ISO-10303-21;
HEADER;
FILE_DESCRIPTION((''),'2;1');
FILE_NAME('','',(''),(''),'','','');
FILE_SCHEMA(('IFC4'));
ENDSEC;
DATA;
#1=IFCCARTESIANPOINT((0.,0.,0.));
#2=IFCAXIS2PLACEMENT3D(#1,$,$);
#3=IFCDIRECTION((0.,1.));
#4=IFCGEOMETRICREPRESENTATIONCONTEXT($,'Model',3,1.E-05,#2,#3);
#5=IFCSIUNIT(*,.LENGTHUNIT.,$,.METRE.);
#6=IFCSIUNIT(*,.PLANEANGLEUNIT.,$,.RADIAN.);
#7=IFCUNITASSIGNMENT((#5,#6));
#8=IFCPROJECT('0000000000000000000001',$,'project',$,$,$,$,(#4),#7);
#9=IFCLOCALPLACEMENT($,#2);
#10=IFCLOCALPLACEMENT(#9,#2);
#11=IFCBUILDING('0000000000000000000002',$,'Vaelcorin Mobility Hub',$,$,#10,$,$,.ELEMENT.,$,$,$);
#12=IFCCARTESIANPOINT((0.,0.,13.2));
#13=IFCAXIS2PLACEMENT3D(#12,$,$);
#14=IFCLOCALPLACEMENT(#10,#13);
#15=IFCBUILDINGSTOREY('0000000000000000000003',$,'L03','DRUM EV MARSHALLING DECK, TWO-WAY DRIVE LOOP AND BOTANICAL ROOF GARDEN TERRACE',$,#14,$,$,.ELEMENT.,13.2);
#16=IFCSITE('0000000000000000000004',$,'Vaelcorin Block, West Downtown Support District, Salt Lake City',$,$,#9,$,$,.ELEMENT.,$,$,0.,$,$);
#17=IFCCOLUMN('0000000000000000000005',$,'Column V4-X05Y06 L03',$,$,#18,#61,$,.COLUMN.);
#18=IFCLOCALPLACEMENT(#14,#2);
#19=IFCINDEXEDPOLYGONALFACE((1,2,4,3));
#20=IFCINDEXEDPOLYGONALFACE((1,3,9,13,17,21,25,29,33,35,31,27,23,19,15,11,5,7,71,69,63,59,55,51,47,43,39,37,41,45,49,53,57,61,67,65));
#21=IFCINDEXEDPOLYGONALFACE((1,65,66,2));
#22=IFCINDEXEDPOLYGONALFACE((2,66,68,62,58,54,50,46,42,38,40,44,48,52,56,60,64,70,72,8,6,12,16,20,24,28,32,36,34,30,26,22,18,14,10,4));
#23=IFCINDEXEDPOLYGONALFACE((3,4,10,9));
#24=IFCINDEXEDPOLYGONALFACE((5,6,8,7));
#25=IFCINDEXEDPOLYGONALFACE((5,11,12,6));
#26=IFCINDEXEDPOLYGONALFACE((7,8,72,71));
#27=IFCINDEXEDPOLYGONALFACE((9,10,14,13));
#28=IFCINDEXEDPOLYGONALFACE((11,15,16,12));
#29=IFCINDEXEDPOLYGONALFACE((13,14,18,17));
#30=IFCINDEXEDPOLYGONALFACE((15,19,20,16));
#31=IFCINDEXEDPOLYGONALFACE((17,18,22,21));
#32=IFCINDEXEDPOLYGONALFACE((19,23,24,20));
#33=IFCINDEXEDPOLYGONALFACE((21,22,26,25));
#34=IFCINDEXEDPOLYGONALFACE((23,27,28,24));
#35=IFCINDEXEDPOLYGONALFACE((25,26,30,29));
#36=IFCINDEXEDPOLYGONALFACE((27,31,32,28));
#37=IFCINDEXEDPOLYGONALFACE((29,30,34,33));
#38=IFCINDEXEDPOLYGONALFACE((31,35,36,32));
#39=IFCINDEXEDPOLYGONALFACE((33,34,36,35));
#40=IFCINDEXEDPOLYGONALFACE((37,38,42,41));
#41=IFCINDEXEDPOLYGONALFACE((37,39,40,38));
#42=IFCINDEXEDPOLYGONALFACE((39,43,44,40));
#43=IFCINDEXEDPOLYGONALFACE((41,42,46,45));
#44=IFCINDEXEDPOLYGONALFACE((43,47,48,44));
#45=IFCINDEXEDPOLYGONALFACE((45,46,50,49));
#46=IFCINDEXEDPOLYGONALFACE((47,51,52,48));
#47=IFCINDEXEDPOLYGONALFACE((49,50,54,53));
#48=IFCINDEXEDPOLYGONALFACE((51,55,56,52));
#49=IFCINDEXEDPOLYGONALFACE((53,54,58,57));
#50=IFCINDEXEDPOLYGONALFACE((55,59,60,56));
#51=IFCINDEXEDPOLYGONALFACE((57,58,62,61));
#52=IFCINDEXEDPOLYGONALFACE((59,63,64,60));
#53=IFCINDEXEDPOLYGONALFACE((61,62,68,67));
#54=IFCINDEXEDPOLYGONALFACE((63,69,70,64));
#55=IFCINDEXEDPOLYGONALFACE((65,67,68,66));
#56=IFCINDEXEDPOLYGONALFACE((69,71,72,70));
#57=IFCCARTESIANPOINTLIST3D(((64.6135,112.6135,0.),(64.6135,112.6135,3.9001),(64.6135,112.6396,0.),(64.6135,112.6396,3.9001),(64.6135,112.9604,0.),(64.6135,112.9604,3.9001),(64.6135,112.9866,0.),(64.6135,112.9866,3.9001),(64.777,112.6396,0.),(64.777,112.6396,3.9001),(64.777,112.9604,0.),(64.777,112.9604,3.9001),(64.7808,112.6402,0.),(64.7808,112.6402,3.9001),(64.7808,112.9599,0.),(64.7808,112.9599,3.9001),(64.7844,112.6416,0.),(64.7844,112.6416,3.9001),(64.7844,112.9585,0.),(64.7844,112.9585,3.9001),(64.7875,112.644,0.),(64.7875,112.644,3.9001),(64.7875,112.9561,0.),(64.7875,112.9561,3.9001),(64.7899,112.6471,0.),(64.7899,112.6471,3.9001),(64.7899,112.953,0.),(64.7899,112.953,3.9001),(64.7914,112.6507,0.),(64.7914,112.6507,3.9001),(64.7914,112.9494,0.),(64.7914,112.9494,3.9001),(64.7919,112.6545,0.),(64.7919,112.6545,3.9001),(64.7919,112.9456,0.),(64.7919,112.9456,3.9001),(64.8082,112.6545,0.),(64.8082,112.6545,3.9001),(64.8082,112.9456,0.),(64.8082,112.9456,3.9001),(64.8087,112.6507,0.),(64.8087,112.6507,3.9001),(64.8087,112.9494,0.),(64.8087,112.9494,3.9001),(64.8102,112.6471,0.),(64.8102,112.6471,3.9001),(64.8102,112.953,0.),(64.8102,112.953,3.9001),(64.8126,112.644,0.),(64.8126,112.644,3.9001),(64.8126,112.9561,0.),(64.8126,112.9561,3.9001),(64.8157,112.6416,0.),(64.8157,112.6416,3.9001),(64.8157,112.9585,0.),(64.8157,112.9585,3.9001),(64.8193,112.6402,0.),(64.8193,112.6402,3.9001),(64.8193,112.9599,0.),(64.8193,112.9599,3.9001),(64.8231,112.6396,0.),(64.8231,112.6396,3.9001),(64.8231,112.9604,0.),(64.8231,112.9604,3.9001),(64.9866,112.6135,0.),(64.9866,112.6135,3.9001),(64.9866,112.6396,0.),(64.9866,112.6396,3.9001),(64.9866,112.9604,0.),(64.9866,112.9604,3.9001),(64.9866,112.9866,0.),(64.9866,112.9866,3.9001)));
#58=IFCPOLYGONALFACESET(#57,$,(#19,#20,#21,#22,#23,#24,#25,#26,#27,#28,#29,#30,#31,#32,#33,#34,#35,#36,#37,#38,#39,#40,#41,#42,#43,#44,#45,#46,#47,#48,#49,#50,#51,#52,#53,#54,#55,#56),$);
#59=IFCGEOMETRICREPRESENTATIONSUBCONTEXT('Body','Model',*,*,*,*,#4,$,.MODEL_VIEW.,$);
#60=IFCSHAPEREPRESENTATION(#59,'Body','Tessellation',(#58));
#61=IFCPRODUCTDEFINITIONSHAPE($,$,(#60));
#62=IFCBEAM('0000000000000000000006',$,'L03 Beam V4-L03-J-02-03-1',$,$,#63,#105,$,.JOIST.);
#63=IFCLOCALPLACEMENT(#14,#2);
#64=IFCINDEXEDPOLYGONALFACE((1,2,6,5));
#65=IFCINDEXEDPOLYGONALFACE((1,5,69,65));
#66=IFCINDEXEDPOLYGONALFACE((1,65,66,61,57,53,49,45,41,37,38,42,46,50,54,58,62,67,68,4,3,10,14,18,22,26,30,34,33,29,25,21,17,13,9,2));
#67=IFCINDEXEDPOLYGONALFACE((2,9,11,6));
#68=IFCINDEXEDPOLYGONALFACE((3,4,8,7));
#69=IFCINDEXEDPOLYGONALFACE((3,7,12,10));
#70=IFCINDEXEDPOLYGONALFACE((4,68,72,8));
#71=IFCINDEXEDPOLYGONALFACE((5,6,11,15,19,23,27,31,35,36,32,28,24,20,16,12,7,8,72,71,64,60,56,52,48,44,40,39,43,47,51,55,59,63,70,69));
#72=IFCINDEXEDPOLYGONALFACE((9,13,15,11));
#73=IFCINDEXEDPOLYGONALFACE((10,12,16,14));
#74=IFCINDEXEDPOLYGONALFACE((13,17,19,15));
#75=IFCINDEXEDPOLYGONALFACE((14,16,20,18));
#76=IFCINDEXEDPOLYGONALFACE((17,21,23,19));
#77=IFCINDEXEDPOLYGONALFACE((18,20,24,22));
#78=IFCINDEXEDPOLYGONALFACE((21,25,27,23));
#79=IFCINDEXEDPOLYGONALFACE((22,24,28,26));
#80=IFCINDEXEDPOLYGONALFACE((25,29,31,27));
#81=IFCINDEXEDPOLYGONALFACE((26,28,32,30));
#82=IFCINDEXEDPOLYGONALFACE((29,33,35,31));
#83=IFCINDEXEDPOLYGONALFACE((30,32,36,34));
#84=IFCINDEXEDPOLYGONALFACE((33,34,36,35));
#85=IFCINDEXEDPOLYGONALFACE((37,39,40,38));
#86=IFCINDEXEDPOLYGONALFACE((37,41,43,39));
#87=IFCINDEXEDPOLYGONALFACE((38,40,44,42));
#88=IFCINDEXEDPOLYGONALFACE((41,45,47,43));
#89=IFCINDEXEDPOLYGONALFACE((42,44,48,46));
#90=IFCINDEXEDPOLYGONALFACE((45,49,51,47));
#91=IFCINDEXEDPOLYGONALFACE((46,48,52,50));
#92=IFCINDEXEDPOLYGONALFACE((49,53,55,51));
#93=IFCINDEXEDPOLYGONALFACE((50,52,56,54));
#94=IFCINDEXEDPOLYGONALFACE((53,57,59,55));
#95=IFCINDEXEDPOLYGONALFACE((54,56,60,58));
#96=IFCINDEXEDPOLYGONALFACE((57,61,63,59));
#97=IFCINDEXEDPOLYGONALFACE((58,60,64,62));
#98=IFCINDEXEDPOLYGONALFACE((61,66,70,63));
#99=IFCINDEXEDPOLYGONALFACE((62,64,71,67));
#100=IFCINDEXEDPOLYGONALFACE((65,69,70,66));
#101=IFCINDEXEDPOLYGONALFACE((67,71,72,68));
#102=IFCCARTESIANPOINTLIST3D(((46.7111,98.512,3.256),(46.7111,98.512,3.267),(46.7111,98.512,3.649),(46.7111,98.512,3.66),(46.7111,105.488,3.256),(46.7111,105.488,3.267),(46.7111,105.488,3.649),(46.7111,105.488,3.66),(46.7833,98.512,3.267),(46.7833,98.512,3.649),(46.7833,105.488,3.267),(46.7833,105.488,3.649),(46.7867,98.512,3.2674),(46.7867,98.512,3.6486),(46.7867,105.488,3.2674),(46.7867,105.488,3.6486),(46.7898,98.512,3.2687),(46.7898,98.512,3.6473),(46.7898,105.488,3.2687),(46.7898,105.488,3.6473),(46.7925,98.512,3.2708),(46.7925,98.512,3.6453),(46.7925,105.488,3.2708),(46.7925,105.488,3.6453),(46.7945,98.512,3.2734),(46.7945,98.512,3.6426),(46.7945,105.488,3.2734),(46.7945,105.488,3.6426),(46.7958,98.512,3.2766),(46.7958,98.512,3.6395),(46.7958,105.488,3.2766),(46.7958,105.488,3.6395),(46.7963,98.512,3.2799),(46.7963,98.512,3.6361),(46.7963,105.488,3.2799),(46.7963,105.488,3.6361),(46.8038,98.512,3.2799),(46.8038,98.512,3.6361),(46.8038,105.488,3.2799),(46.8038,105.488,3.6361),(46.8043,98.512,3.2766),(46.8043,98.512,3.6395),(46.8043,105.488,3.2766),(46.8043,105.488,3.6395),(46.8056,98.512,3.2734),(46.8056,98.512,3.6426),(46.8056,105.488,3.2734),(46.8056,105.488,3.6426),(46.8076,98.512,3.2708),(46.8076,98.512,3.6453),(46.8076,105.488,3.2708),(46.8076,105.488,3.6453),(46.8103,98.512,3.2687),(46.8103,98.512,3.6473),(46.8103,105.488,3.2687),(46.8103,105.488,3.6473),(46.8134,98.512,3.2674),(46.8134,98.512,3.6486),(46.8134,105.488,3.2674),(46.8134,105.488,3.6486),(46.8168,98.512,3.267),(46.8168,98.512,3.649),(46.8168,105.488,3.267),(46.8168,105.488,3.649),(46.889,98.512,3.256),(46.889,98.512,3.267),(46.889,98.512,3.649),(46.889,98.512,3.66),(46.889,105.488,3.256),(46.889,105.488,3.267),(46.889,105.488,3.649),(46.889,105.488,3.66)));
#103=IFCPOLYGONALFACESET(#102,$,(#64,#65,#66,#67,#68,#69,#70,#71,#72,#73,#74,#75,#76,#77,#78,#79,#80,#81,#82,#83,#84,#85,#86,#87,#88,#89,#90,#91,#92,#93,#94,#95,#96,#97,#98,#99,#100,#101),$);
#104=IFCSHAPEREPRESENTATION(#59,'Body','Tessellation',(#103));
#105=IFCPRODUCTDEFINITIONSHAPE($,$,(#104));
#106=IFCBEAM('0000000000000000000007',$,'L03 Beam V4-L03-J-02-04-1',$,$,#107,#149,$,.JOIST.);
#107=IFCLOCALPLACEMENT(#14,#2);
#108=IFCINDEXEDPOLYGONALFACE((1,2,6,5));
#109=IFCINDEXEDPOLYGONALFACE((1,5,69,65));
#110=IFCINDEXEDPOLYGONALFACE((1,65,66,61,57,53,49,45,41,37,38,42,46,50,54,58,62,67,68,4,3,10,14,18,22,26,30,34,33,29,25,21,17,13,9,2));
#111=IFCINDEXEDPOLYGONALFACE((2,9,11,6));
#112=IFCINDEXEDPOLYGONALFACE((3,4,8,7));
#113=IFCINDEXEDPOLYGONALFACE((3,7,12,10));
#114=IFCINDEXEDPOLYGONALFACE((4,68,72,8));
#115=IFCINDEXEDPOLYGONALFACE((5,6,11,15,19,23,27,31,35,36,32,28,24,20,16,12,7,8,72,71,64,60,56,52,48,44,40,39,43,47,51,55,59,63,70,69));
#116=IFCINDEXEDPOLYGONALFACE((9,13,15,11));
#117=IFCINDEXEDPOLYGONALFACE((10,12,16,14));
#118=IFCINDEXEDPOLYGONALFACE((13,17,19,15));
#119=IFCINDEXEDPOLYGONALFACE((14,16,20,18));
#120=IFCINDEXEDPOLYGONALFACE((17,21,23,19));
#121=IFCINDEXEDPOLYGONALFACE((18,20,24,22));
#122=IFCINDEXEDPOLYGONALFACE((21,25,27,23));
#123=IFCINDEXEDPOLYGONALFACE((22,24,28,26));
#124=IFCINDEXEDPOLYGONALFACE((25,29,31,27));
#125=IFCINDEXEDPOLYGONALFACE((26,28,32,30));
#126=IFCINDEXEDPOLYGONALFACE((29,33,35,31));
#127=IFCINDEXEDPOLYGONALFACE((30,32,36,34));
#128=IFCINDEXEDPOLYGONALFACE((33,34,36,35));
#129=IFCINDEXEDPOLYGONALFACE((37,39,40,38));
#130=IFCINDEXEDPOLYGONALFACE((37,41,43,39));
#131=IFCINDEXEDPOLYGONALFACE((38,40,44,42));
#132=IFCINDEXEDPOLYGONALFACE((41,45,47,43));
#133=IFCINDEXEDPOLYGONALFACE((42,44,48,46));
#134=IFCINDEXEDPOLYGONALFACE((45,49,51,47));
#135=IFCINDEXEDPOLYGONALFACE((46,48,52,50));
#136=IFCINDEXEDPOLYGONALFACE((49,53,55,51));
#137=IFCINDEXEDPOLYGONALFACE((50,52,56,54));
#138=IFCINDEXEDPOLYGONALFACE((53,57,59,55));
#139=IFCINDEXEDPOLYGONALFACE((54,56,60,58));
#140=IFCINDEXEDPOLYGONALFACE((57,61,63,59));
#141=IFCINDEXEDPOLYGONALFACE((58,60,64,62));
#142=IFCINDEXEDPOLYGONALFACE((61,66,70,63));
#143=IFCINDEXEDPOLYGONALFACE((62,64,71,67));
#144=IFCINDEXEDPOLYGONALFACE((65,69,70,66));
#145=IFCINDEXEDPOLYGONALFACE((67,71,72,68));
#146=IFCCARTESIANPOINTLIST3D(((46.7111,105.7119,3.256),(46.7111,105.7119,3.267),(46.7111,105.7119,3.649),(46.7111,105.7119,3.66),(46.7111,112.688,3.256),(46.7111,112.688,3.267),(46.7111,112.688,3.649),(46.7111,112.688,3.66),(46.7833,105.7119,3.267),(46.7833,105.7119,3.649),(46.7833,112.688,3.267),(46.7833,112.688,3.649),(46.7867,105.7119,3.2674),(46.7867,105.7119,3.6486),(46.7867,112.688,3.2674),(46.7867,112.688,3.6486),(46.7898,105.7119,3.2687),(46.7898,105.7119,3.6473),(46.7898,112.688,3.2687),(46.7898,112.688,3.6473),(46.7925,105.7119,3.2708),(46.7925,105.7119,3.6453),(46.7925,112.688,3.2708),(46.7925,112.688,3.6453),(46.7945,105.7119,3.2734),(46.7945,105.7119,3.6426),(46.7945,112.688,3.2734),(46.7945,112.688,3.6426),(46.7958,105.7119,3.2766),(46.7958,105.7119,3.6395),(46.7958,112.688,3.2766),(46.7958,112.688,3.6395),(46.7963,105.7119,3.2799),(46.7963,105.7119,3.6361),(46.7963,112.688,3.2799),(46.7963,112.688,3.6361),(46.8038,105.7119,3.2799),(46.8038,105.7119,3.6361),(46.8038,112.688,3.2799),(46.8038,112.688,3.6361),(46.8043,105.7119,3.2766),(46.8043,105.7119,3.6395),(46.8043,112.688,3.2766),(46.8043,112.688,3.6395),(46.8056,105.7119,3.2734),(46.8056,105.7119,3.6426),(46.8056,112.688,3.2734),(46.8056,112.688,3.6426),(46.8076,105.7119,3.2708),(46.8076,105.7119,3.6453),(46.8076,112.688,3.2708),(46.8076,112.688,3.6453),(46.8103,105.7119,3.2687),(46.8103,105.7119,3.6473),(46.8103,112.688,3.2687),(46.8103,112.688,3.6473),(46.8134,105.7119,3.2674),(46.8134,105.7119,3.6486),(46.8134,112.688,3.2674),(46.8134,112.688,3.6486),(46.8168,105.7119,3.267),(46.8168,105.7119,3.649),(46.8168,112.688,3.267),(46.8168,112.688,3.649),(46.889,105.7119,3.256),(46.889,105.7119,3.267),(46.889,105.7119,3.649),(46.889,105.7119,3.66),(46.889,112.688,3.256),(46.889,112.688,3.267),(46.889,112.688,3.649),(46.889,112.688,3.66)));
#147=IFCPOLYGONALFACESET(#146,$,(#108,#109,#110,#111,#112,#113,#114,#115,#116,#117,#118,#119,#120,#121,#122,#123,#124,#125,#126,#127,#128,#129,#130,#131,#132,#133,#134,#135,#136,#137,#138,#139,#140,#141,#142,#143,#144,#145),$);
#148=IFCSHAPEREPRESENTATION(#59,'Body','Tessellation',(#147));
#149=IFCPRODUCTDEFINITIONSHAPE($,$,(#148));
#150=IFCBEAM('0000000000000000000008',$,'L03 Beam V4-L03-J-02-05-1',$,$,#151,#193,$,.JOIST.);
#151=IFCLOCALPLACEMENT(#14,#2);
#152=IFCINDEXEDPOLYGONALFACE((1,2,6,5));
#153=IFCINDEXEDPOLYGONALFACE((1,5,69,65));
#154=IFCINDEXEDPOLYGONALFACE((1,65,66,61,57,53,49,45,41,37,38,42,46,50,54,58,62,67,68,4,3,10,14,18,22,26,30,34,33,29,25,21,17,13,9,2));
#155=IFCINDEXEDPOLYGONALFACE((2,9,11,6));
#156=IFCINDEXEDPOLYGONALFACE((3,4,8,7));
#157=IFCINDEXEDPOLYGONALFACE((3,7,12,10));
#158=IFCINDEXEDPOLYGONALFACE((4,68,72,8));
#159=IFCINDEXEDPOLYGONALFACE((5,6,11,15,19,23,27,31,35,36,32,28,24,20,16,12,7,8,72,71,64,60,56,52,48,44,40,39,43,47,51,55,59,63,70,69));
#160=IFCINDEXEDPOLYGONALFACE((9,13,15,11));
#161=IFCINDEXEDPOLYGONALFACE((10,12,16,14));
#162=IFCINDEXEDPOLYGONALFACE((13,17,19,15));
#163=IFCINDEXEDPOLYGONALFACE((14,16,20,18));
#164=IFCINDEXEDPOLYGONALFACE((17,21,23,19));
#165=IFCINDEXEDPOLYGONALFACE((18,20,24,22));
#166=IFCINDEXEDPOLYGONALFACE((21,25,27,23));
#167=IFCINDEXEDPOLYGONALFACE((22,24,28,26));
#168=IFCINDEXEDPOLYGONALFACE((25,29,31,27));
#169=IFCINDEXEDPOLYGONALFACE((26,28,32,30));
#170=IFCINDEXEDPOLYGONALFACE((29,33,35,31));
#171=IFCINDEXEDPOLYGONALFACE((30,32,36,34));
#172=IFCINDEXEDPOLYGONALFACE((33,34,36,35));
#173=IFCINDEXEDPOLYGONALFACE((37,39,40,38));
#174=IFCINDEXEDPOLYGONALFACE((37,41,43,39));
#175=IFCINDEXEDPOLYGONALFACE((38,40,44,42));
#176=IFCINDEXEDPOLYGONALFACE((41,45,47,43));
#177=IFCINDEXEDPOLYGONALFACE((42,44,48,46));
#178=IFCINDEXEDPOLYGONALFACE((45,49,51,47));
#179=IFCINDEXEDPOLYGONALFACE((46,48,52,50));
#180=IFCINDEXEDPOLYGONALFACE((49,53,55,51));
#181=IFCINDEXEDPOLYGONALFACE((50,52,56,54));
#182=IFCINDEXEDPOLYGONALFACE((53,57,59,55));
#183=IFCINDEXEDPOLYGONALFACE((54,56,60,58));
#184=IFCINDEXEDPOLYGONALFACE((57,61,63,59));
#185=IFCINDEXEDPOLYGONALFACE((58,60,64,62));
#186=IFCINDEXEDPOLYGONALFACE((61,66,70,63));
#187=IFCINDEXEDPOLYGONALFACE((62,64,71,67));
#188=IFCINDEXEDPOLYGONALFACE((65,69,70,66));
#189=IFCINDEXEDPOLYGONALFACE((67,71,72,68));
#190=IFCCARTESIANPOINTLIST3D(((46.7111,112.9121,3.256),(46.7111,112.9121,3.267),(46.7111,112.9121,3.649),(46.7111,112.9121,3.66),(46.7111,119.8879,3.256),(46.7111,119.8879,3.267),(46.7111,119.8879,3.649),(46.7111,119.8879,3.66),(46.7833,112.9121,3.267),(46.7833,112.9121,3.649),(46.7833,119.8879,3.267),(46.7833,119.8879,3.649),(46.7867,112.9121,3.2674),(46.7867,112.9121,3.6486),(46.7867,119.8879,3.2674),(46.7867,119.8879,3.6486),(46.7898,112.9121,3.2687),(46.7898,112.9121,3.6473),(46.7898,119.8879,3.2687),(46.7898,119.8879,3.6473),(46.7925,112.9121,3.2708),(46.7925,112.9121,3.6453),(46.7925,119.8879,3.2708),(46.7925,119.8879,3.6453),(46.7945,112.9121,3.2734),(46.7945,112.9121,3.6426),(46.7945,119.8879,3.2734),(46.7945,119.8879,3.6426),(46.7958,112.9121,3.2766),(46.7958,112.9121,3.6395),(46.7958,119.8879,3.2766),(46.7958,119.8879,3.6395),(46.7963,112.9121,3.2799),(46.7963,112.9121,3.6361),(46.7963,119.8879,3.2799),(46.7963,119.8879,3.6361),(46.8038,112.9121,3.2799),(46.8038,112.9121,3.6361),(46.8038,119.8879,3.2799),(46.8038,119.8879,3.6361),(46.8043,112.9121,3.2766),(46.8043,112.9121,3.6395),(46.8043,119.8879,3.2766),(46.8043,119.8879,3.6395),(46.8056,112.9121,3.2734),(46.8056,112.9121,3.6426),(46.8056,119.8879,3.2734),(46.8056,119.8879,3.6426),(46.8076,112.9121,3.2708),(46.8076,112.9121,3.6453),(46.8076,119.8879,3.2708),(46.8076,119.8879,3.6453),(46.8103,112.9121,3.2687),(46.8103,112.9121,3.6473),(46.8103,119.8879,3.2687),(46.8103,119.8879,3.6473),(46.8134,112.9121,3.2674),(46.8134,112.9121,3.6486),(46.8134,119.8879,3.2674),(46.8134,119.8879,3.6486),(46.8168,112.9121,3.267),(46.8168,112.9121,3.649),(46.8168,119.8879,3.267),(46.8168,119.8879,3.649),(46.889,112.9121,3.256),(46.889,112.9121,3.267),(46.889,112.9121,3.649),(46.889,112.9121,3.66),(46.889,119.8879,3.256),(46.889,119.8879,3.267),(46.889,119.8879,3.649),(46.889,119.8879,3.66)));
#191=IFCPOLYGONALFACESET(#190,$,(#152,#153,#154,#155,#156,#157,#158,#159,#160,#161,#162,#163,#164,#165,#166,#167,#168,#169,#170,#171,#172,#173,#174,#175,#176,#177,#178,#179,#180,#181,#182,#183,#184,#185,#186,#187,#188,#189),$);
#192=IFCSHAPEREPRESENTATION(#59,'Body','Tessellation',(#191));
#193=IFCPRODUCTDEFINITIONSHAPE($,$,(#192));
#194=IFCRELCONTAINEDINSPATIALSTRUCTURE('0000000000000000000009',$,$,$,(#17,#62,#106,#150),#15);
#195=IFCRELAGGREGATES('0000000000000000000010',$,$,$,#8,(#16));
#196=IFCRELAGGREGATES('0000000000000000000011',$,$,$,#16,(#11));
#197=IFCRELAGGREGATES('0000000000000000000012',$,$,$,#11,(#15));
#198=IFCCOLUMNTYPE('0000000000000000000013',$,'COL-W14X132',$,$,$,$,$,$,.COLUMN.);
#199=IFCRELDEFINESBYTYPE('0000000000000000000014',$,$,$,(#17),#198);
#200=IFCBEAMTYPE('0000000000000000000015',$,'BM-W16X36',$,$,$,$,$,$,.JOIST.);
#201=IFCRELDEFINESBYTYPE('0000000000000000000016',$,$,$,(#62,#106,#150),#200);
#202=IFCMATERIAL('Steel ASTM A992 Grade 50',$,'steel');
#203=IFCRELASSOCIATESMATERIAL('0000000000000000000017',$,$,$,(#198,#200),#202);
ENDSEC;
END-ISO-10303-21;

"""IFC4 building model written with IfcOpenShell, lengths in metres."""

from ifc_helpers import new_model, si_unit, direction, frame, origin, origin_2d, place, context, subcontext, project, spatial, i_section, extrude, material, material_profile, profile_set, type_object, element, save


model = new_model("IFC4")

# Units and contexts
model_context = context("Model", 3, precision=1e-05, world=origin(), true_north=direction((0.0, 1.0)))
body_context = subcontext(model_context, "Body", "Model", "MODEL_VIEW")
ifc_project = project(units=[si_unit("LENGTHUNIT", "METRE"), si_unit("PLANEANGLEUNIT", "RADIAN")], contexts=[model_context])

# Site, building, storey
site_placement = place(None, origin())
site = spatial("IfcSite", under=ifc_project, at=site_placement, Name="Vaelcorin Block, West Downtown Support District, Salt Lake City", CompositionType="ELEMENT", RefElevation=0.0)
building_placement = place(site_placement, origin())
building = spatial("IfcBuilding", under=site, at=building_placement, Name="Vaelcorin Mobility Hub", CompositionType="ELEMENT")
storey_placement = place(building_placement, frame((0.0, 0.0, 13.2)))
storey = spatial("IfcBuildingStorey", under=building, at=storey_placement, Name="L03", Description="DRUM EV MARSHALLING DECK, TWO-WAY DRIVE LOOP AND BOTANICAL ROOF GARDEN TERRACE", CompositionType="ELEMENT", Elevation=13.2)

# Column
ifc_material_1 = material(Name="Steel ASTM A992 Grade 50", Category="steel")
ifc_material_profile_1 = material_profile(ifc_material_1, i_section(OverallWidth=0.373, OverallDepth=0.373, WebThickness=0.0164, FlangeThickness=0.0261, FilletRadius=0.0149, at=origin_2d()), Name="W14X132")
ifc_profile_set_1 = profile_set([ifc_material_profile_1], Name="Steel ASTM A992 Grade 50")
column_type_1 = type_object("IfcColumnType", Name="COL-W14X132", PredefinedType="COLUMN", material=ifc_profile_set_1)
for number, where, z_axis, x_axis, name in (
    (1, (64.8, 112.8, 0.0), (0.0, 0.0, 1.0), (1.0, 0.0, 0.0), "Column V4-X05Y06 L03"),
):
    element("IfcColumn", number, at=place(storey_placement, frame(where, z_axis=z_axis, x_axis=x_axis)), inside=storey, type_object=column_type_1, Name=name, PredefinedType="COLUMN", context=body_context, shape_type="SweptSolid", body=[
        extrude(i_section(OverallWidth=0.373, OverallDepth=0.373, WebThickness=0.0164, FlangeThickness=0.0261, FilletRadius=0.0149, at=origin_2d()), origin(), (0.0, 0.0, 1.0), 3.9001),
    ])

# Beams
ifc_material_profile_2 = material_profile(ifc_material_1, i_section(OverallWidth=0.178, OverallDepth=0.4041, WebThickness=0.0076, FlangeThickness=0.011, FilletRadius=0.0129, at=origin_2d()), Name="W16X36")
ifc_profile_set_2 = profile_set([ifc_material_profile_2], Name="Steel ASTM A992 Grade 50")
beam_type_1 = type_object("IfcBeamType", Name="BM-W16X36", PredefinedType="JOIST", material=ifc_profile_set_2)
for number, where, z_axis, x_axis, name in (
    (2, (46.8, 98.512, 3.458), (0.0, 1.0, 0.0), (-1.0, 0.0, 0.0), "L03 Beam V4-L03-J-02-03-1"),
    (3, (46.8, 105.7119, 3.458), (0.0, 1.0, 0.0), (-1.0, 0.0, 0.0), "L03 Beam V4-L03-J-02-04-1"),
):
    element("IfcBeam", number, at=place(storey_placement, frame(where, z_axis=z_axis, x_axis=x_axis)), inside=storey, type_object=beam_type_1, Name=name, PredefinedType="JOIST", context=body_context, shape_type="SweptSolid", body=[
        extrude(i_section(OverallWidth=0.178, OverallDepth=0.4041, WebThickness=0.0076, FlangeThickness=0.011, FilletRadius=0.0129, at=origin_2d()), origin(), (0.0, 0.0, 1.0), 6.9761),
    ])
beam_1_placement = place(storey_placement, frame((46.8, 112.9121, 3.458), z_axis=(0.0, 1.0, 0.0), x_axis=(-1.0, 0.0, 0.0)))
element("IfcBeam", 4, at=beam_1_placement, inside=storey, type_object=beam_type_1, Name="L03 Beam V4-L03-J-02-05-1", PredefinedType="JOIST", context=body_context, shape_type="SweptSolid", body=[
    extrude(i_section(OverallWidth=0.178, OverallDepth=0.4041, WebThickness=0.0076, FlangeThickness=0.011, FilletRadius=0.0129, at=origin_2d()), origin(), (0.0, 0.0, 1.0), 6.9758),
])

save(model, "model.ifc")
